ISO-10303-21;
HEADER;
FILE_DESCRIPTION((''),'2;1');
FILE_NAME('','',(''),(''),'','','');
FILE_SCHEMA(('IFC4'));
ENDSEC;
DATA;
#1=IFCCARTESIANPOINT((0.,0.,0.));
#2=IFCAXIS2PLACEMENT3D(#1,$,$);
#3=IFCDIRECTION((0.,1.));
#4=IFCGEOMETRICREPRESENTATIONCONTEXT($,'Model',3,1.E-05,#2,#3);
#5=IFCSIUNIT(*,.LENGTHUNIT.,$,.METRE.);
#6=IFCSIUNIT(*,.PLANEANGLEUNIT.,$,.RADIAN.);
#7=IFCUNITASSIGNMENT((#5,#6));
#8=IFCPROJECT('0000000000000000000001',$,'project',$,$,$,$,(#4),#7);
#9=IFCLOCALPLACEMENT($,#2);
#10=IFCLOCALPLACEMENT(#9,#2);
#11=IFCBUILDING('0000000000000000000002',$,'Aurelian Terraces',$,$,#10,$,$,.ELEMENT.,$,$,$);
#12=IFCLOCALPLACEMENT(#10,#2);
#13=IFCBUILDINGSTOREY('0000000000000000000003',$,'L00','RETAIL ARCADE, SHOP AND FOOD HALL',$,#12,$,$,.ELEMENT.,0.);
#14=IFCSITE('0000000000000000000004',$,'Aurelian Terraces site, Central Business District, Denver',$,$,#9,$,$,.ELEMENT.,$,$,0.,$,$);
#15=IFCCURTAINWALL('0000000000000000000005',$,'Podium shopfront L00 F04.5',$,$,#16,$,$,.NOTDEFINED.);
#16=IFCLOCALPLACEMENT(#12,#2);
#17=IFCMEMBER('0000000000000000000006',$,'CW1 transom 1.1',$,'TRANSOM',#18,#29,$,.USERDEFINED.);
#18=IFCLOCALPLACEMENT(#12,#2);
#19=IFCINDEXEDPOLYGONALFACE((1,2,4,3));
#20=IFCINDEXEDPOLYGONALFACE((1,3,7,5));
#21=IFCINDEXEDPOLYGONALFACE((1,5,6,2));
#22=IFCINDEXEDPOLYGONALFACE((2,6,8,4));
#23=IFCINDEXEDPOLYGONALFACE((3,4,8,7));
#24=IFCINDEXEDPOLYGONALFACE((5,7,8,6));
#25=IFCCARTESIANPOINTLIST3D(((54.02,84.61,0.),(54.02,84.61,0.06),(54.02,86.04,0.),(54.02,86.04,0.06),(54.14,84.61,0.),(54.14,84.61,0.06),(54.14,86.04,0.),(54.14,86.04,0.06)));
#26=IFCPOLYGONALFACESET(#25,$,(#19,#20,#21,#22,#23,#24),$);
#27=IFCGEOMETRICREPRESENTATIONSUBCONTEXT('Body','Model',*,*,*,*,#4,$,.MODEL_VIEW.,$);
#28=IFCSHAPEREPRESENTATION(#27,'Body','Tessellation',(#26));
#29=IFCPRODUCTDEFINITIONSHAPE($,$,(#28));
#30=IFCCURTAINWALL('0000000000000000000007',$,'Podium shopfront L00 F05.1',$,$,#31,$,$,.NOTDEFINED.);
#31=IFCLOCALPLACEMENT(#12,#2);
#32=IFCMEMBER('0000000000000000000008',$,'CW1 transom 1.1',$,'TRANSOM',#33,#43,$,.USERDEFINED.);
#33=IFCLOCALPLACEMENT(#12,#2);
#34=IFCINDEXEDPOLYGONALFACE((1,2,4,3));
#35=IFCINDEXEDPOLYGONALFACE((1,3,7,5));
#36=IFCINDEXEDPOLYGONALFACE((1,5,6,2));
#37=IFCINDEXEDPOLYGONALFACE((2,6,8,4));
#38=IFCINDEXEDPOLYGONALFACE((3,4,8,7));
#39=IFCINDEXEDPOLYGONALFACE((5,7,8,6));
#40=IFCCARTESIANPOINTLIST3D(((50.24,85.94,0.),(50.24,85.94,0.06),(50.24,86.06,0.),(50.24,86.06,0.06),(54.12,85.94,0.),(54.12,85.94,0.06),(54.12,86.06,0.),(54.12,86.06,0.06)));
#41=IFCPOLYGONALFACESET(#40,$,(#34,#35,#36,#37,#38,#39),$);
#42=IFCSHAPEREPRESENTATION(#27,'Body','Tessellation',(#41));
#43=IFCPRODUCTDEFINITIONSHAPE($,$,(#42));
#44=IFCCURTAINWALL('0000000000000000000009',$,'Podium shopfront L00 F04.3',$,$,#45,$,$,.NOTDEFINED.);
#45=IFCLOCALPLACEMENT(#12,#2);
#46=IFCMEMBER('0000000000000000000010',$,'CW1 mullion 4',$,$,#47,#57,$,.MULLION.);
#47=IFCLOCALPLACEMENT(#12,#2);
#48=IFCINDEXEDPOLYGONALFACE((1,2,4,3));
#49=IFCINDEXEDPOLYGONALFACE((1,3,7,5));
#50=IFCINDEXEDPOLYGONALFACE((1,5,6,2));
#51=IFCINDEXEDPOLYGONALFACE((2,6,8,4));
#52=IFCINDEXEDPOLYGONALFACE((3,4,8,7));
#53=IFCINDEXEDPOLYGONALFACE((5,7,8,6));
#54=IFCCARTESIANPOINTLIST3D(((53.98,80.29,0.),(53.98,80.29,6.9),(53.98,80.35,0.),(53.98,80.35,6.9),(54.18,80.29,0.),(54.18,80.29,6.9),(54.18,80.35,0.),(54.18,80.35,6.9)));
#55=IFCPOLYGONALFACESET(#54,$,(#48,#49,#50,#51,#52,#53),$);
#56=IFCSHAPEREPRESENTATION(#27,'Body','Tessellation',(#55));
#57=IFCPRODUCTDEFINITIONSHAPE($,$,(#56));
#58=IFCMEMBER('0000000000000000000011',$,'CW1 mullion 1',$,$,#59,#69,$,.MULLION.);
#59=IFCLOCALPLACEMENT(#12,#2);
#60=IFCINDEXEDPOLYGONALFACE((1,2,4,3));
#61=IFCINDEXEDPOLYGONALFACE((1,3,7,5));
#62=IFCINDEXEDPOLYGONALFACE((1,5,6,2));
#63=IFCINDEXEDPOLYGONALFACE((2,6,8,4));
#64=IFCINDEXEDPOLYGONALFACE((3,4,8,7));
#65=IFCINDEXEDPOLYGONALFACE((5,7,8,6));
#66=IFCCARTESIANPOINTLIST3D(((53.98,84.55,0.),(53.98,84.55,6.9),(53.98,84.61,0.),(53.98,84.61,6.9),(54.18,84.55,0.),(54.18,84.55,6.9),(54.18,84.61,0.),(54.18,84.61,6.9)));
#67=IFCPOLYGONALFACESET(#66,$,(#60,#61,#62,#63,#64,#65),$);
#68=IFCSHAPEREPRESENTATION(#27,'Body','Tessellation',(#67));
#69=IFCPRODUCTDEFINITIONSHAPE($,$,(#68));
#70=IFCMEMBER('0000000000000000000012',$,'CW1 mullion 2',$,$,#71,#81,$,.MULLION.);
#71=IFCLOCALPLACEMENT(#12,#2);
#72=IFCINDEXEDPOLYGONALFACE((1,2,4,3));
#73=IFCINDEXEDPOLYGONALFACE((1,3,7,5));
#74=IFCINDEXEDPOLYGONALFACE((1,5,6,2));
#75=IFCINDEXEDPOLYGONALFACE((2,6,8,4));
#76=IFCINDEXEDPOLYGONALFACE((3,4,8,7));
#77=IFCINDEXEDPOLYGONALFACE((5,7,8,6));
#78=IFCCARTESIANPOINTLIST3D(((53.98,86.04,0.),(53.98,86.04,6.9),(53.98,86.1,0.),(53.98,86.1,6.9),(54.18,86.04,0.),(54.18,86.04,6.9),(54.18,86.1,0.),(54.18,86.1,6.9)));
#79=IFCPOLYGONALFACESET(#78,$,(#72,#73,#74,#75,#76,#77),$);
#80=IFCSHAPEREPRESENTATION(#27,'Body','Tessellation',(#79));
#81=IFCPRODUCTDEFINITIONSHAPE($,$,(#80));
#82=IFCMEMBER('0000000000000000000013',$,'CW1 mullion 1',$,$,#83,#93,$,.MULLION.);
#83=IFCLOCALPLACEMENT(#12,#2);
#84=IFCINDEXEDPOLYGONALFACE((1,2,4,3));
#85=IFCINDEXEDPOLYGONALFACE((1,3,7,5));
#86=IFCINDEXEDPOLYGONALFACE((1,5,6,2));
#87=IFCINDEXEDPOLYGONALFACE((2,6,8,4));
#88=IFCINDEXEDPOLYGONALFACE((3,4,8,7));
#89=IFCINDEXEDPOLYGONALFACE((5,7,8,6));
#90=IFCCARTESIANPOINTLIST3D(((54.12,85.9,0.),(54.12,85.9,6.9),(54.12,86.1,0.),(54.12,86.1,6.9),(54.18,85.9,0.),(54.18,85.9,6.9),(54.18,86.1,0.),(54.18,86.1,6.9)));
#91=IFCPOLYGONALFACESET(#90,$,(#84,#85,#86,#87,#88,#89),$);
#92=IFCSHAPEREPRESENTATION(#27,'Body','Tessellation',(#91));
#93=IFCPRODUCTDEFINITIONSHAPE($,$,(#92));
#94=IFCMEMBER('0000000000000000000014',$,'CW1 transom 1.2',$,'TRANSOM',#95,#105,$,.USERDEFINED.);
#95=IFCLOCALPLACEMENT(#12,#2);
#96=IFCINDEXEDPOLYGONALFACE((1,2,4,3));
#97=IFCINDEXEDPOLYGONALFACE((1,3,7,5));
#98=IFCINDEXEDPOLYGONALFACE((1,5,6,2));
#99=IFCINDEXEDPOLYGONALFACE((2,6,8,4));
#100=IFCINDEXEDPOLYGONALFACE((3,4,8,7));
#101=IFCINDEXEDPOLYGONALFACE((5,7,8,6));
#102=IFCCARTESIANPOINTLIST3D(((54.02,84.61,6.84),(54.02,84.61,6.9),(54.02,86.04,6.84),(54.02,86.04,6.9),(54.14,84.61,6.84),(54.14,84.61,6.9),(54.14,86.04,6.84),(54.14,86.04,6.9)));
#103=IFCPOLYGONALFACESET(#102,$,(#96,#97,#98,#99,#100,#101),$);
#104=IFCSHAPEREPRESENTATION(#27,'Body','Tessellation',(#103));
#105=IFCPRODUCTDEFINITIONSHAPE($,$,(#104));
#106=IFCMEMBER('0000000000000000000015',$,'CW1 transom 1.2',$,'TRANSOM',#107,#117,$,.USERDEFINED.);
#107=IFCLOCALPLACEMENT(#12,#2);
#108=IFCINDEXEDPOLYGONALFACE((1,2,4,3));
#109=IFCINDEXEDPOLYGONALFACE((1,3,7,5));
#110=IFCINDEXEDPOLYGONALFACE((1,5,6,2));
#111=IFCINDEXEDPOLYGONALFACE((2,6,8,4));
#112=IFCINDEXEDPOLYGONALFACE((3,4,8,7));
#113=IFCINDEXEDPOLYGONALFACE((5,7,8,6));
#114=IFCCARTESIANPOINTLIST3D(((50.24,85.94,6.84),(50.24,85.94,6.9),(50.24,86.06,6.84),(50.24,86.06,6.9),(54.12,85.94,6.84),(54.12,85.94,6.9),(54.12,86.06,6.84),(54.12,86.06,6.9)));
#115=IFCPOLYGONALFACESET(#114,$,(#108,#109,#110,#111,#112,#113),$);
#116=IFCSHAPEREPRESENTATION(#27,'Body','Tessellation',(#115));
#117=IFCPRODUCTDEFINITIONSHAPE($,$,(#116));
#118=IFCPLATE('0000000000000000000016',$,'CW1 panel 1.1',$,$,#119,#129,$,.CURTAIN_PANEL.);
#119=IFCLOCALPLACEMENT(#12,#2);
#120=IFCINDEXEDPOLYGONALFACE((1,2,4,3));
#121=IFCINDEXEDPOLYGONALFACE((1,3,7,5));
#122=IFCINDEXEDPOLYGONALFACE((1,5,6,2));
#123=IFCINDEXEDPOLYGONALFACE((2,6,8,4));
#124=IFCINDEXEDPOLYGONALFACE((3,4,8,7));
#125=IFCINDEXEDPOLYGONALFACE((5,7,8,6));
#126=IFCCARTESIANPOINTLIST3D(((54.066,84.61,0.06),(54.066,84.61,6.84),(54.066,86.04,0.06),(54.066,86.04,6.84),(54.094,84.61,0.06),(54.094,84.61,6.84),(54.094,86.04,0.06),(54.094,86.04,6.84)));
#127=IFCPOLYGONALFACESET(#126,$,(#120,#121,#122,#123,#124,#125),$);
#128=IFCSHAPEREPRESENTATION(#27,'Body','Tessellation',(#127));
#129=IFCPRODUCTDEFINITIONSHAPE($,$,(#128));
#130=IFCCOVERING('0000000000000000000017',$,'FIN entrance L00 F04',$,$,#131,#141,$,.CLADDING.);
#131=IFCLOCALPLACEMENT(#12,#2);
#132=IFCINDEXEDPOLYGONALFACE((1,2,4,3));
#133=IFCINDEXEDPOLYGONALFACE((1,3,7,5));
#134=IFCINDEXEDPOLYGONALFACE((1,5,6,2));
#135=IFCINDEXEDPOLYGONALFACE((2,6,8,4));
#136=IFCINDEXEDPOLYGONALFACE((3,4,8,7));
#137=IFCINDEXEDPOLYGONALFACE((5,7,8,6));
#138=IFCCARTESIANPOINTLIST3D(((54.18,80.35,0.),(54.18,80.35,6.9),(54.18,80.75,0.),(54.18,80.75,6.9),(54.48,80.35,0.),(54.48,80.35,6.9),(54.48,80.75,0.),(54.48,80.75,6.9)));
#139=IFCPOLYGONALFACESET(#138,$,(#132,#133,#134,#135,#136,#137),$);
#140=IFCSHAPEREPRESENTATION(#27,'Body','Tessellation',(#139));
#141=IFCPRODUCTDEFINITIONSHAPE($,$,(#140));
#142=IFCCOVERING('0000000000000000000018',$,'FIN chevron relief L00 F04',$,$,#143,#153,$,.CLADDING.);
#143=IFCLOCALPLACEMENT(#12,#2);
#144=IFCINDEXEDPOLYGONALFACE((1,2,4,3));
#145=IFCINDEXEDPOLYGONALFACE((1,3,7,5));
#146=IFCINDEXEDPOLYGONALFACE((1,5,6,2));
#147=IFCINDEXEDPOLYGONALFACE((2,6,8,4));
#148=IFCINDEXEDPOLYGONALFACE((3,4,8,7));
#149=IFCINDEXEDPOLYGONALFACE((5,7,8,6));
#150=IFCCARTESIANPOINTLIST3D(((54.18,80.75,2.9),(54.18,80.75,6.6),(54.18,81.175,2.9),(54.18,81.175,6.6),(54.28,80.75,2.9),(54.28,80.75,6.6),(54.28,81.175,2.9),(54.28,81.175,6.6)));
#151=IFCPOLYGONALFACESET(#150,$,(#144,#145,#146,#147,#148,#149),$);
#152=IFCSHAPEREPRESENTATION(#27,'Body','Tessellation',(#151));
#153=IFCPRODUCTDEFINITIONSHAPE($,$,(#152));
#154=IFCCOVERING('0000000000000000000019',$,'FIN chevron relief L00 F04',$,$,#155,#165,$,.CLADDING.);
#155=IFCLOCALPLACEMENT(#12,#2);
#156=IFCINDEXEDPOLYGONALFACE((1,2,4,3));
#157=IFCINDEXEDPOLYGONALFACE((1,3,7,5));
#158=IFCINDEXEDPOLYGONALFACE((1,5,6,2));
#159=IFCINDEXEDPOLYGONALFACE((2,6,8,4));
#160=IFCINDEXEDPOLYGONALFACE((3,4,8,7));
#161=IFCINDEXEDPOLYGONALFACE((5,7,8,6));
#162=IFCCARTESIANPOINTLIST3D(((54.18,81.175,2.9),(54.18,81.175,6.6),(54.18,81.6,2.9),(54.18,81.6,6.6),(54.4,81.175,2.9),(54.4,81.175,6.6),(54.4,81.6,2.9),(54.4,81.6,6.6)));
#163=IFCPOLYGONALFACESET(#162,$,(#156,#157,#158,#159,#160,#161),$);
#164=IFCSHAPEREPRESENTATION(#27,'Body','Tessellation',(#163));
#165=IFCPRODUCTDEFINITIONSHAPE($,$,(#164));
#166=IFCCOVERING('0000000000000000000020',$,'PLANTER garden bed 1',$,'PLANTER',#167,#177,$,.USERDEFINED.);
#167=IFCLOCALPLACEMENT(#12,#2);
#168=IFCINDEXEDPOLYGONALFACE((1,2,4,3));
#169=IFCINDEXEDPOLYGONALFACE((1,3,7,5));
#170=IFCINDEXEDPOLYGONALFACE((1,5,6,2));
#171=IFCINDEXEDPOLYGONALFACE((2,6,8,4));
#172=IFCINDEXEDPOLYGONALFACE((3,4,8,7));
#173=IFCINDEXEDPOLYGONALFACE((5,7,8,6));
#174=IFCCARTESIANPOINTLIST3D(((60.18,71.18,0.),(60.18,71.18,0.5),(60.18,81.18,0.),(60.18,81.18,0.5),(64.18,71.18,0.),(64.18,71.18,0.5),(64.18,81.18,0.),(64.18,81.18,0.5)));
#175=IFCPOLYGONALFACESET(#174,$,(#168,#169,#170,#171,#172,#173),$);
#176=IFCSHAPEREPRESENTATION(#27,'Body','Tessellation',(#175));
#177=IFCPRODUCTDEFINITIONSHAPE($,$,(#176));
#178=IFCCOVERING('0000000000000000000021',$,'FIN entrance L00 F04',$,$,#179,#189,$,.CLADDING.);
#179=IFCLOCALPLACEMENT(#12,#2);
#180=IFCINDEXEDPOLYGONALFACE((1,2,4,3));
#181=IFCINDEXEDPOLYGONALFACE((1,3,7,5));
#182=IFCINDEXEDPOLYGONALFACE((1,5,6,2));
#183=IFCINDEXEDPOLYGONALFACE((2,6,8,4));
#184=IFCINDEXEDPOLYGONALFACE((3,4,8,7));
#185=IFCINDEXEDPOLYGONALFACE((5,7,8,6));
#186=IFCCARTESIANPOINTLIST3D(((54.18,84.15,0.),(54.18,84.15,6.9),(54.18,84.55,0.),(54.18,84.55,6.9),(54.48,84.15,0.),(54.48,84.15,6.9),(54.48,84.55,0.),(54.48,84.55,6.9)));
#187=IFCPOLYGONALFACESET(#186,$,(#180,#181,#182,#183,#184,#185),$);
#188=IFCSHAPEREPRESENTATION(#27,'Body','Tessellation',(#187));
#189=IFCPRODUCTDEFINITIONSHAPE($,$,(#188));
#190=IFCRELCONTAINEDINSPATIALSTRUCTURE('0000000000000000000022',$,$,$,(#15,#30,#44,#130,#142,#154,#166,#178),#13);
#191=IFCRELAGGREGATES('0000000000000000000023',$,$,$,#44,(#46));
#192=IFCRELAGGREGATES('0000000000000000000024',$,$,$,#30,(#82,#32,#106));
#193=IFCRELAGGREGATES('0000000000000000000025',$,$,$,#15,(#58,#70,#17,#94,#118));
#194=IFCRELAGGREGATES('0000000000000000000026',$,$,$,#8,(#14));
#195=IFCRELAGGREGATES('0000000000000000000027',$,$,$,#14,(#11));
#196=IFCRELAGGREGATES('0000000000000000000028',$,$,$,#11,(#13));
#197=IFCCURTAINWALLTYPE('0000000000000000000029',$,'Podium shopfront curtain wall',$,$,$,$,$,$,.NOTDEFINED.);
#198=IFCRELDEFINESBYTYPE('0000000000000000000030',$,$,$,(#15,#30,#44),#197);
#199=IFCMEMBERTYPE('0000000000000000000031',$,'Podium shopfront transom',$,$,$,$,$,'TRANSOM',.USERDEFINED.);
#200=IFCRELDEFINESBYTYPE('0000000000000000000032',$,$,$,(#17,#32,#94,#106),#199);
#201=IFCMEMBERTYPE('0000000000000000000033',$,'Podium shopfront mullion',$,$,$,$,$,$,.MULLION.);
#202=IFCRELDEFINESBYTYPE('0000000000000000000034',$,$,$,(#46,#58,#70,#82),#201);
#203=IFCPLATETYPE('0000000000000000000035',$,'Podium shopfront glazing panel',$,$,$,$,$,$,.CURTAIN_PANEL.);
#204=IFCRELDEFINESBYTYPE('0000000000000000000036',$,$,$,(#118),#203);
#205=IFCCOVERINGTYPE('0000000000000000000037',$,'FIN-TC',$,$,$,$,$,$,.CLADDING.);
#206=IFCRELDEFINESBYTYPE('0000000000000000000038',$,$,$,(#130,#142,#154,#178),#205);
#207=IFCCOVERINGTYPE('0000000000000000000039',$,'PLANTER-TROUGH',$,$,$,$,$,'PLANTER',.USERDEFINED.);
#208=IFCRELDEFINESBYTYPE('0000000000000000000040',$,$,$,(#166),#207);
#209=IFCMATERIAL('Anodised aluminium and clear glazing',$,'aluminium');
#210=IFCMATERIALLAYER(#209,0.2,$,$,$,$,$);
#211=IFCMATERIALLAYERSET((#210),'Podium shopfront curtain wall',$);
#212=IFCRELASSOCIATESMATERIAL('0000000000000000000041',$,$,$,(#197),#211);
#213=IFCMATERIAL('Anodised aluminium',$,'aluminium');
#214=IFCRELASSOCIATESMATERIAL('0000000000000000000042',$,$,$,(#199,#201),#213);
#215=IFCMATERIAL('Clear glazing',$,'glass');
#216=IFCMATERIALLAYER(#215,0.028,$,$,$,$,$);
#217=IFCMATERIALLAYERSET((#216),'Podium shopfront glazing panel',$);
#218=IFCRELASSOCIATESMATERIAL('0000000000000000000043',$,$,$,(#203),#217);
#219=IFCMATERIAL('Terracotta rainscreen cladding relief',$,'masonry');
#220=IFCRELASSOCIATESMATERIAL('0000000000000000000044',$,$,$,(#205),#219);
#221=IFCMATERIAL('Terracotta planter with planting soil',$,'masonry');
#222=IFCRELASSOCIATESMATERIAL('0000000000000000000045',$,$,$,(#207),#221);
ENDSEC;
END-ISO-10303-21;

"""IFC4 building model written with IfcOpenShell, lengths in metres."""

from ifc_helpers import new_model, si_unit, direction, frame, origin, origin_2d, place, context, subcontext, project, spatial, rectangle, extrude, source, transform, mapped, material, layer, layer_set, material_profile, profile_set, type_object, element, aggregate, save


model = new_model("IFC4")

# Units and contexts
model_context = context("Model", 3, precision=1e-05, world=origin(), true_north=direction((0.0, 1.0)))
body_context = subcontext(model_context, "Body", "Model", "MODEL_VIEW")
ifc_project = project(units=[si_unit("LENGTHUNIT", "METRE"), si_unit("PLANEANGLEUNIT", "RADIAN")], contexts=[model_context])

# Site, building, storey
site_placement = place(None, origin())
site = spatial("IfcSite", under=ifc_project, at=site_placement, Name="Aurelian Terraces site, Central Business District, Denver", CompositionType="ELEMENT", RefElevation=0.0)
building_placement = place(site_placement, origin())
building = spatial("IfcBuilding", under=site, at=building_placement, Name="Aurelian Terraces", CompositionType="ELEMENT")
storey_placement = place(building_placement, origin())
storey = spatial("IfcBuildingStorey", under=building, at=storey_placement, Name="L00", Description="RETAIL ARCADE, SHOP AND FOOD HALL", CompositionType="ELEMENT", Elevation=0.0)

# Curtain walls, members
ifc_material_1 = material(Name="Anodised aluminium and clear glazing", Category="aluminium")
ifc_layer_1 = layer(ifc_material_1, 0.2)
ifc_layer_set_1 = layer_set([ifc_layer_1], Name="Podium shopfront curtain wall")
curtain_wall_type = type_object("IfcCurtainWallType", Name="Podium shopfront curtain wall", PredefinedType="NOTDEFINED", material=ifc_layer_set_1)
curtain_wall_1_placement = place(storey_placement, origin())
curtain_wall_1 = element("IfcCurtainWall", 1, at=curtain_wall_1_placement, inside=storey, type_object=curtain_wall_type, Name="Podium shopfront L00 F04.5", PredefinedType="NOTDEFINED")
ifc_material_2 = material(Name="Anodised aluminium", Category="aluminium")
ifc_material_profile_1 = material_profile(ifc_material_2, rectangle(XDim=0.12, YDim=0.06, at=origin_2d()))
ifc_profile_set_1 = profile_set([ifc_material_profile_1], Name="Anodised aluminium")
member_type_1 = type_object("IfcMemberType", Name="Podium shopfront transom", ElementType="TRANSOM", PredefinedType="USERDEFINED", material=ifc_profile_set_1)
member_1_placement = place(storey_placement, frame((54.08, 84.61, 0.03), z_axis=(0.0, 1.0, 0.0), x_axis=(-1.0, 0.0, 0.0)))
member_1 = element("IfcMember", 2, at=member_1_placement, type_object=member_type_1, Name="CW1 transom 1.1", ObjectType="TRANSOM", PredefinedType="USERDEFINED", context=body_context, shape_type="SweptSolid", body=[
    extrude(rectangle(XDim=0.12, YDim=0.06, at=origin_2d()), origin(), (0.0, 0.0, 1.0), 1.43),
])
curtain_wall_2_placement = place(storey_placement, origin())
curtain_wall_2 = element("IfcCurtainWall", 3, at=curtain_wall_2_placement, inside=storey, type_object=curtain_wall_type, Name="Podium shopfront L00 F05.1", PredefinedType="NOTDEFINED")
member_2_placement = place(storey_placement, frame((54.12, 86.0, 0.03), z_axis=(-1.0, 0.0, 0.0), x_axis=(0.0, -1.0, 0.0)))
member_2 = element("IfcMember", 4, at=member_2_placement, type_object=member_type_1, Name="CW1 transom 1.1", ObjectType="TRANSOM", PredefinedType="USERDEFINED", context=body_context, shape_type="SweptSolid", body=[
    extrude(rectangle(XDim=0.12, YDim=0.06, at=origin_2d()), origin(), (0.0, 0.0, 1.0), 3.88),
])
curtain_wall_3_placement = place(storey_placement, origin())
curtain_wall_3 = element("IfcCurtainWall", 5, at=curtain_wall_3_placement, inside=storey, type_object=curtain_wall_type, Name="Podium shopfront L00 F04.3", PredefinedType="NOTDEFINED")
ifc_material_profile_2 = material_profile(ifc_material_2, rectangle(XDim=0.2, YDim=0.06, at=origin_2d()))
ifc_profile_set_2 = profile_set([ifc_material_profile_2], Name="Anodised aluminium")
member_type_2 = type_object("IfcMemberType", Name="Podium shopfront mullion", PredefinedType="MULLION", material=ifc_profile_set_2)
shared_shape_1 = source(origin(), body_context, "Body", "SweptSolid", [
    extrude(rectangle(XDim=0.2, YDim=0.06, at=origin_2d()), origin(), (0.0, 0.0, 1.0), 6.9),
])
member_3_placement = place(storey_placement, frame((54.08, 80.32, 0.0), z_axis=(0.0, 0.0, 1.0), x_axis=(-1.0, 0.0, 0.0)))
member_3 = element("IfcMember", 6, at=member_3_placement, type_object=member_type_2, Name="CW1 mullion 4", PredefinedType="MULLION", context=body_context, shape_type="MappedRepresentation", body=[
    mapped(shared_shape_1, transform((0.0, 0.0, 0.0), scale=1.0)),
])
aggregate(curtain_wall_3, [member_3])

# Members
member_4_placement = place(storey_placement, frame((54.08, 84.58, 0.0), z_axis=(0.0, 0.0, 1.0), x_axis=(-1.0, 0.0, 0.0)))
member_4 = element("IfcMember", 7, at=member_4_placement, type_object=member_type_2, Name="CW1 mullion 1", PredefinedType="MULLION", context=body_context, shape_type="MappedRepresentation", body=[
    mapped(shared_shape_1, transform((0.0, 0.0, 0.0), scale=1.0)),
])
member_5_placement = place(storey_placement, frame((54.08, 86.07, 0.0), z_axis=(0.0, 0.0, 1.0), x_axis=(-1.0, 0.0, 0.0)))
member_5 = element("IfcMember", 8, at=member_5_placement, type_object=member_type_2, Name="CW1 mullion 2", PredefinedType="MULLION", context=body_context, shape_type="MappedRepresentation", body=[
    mapped(shared_shape_1, transform((0.0, 0.0, 0.0), scale=1.0)),
])
member_6_placement = place(storey_placement, frame((54.15, 86.0, 0.0), z_axis=(0.0, 0.0, 1.0), x_axis=(0.0, -1.0, 0.0)))
member_6 = element("IfcMember", 9, at=member_6_placement, type_object=member_type_2, Name="CW1 mullion 1", PredefinedType="MULLION", context=body_context, shape_type="MappedRepresentation", body=[
    mapped(shared_shape_1, transform((0.0, 0.0, 0.0), scale=1.0)),
])
shared_shape_2 = source(origin(), body_context, "Body", "SweptSolid", [
    extrude(rectangle(XDim=0.12, YDim=0.06, at=origin_2d()), origin(), (0.0, 0.0, 1.0), 1.43),
])
member_7_placement = place(storey_placement, frame((54.08, 84.61, 6.87), z_axis=(0.0, 1.0, 0.0), x_axis=(-1.0, 0.0, 0.0)))
member_7 = element("IfcMember", 10, at=member_7_placement, type_object=member_type_1, Name="CW1 transom 1.2", ObjectType="TRANSOM", PredefinedType="USERDEFINED", context=body_context, shape_type="MappedRepresentation", body=[
    mapped(shared_shape_2, transform((0.0, 0.0, 0.0), scale=1.0)),
])
shared_shape_3 = source(origin(), body_context, "Body", "SweptSolid", [
    extrude(rectangle(XDim=0.12, YDim=0.06, at=origin_2d()), origin(), (0.0, 0.0, 1.0), 3.88),
])
member_8_placement = place(storey_placement, frame((54.12, 86.0, 6.87), z_axis=(-1.0, 0.0, 0.0), x_axis=(0.0, -1.0, 0.0)))
member_8 = element("IfcMember", 11, at=member_8_placement, type_object=member_type_1, Name="CW1 transom 1.2", ObjectType="TRANSOM", PredefinedType="USERDEFINED", context=body_context, shape_type="MappedRepresentation", body=[
    mapped(shared_shape_3, transform((0.0, 0.0, 0.0), scale=1.0)),
])
aggregate(curtain_wall_2, [member_6, member_2, member_8])

# Plate
ifc_material_3 = material(Name="Clear glazing", Category="glass")
ifc_layer_2 = layer(ifc_material_3, 0.028)
ifc_layer_set_2 = layer_set([ifc_layer_2], Name="Podium shopfront glazing panel")
plate_type = type_object("IfcPlateType", Name="Podium shopfront glazing panel", PredefinedType="CURTAIN_PANEL", material=ifc_layer_set_2)
plate_placement = place(storey_placement, frame((54.08, 85.325, 0.06), z_axis=(0.0, 0.0, 1.0), x_axis=(0.0, 1.0, 0.0)))
plate = element("IfcPlate", 12, at=plate_placement, type_object=plate_type, Name="CW1 panel 1.1", PredefinedType="CURTAIN_PANEL", context=body_context, shape_type="SweptSolid", body=[
    extrude(rectangle(XDim=1.43, YDim=0.028, at=origin_2d()), origin(), (0.0, 0.0, 1.0), 6.78),
])
aggregate(curtain_wall_1, [member_4, member_5, member_1, member_7, plate])

# Coverings
ifc_material_4 = material(Name="Terracotta rainscreen cladding relief", Category="masonry")
covering_type_1 = type_object("IfcCoveringType", Name="FIN-TC", PredefinedType="CLADDING", material=ifc_material_4)
covering_1_placement = place(storey_placement, frame((54.33, 80.55, 0.0), z_axis=(0.0, 0.0, 1.0), x_axis=(1.0, 0.0, 0.0)))
element("IfcCovering", 13, at=covering_1_placement, inside=storey, type_object=covering_type_1, Name="FIN entrance L00 F04", PredefinedType="CLADDING", context=body_context, shape_type="SweptSolid", body=[
    extrude(rectangle(XDim=0.3, YDim=0.4, at=origin_2d()), origin(), (0.0, 0.0, 1.0), 6.9),
])
covering_2_placement = place(storey_placement, frame((54.23, 80.9625, 2.9), z_axis=(0.0, 0.0, 1.0), x_axis=(1.0, 0.0, 0.0)))
element("IfcCovering", 14, at=covering_2_placement, inside=storey, type_object=covering_type_1, Name="FIN chevron relief L00 F04", PredefinedType="CLADDING", context=body_context, shape_type="SweptSolid", body=[
    extrude(rectangle(XDim=0.1, YDim=0.425, at=origin_2d()), origin(), (0.0, 0.0, 1.0), 3.7),
])
covering_3_placement = place(storey_placement, frame((54.29, 81.3875, 2.9), z_axis=(0.0, 0.0, 1.0), x_axis=(1.0, 0.0, 0.0)))
element("IfcCovering", 15, at=covering_3_placement, inside=storey, type_object=covering_type_1, Name="FIN chevron relief L00 F04", PredefinedType="CLADDING", context=body_context, shape_type="SweptSolid", body=[
    extrude(rectangle(XDim=0.22, YDim=0.425, at=origin_2d()), origin(), (0.0, 0.0, 1.0), 3.7),
])
ifc_material_5 = material(Name="Terracotta planter with planting soil", Category="masonry")
covering_type_2 = type_object("IfcCoveringType", Name="PLANTER-TROUGH", ElementType="PLANTER", PredefinedType="USERDEFINED", material=ifc_material_5)
covering_4_placement = place(storey_placement, frame((62.18, 76.18, 0.0), z_axis=(0.0, 0.0, 1.0), x_axis=(1.0, 0.0, 0.0)))
element("IfcCovering", 16, at=covering_4_placement, inside=storey, type_object=covering_type_2, Name="PLANTER garden bed 1", ObjectType="PLANTER", PredefinedType="USERDEFINED", context=body_context, shape_type="SweptSolid", body=[
    extrude(rectangle(XDim=4.0, YDim=10.0, at=origin_2d()), origin(), (0.0, 0.0, 1.0), 0.5),
])
shared_shape_4 = source(origin(), body_context, "Body", "SweptSolid", [
    extrude(rectangle(XDim=0.3, YDim=0.4, at=origin_2d()), origin(), (0.0, 0.0, 1.0), 6.9),
])
covering_5_placement = place(storey_placement, frame((54.33, 84.35, 0.0), z_axis=(0.0, 0.0, 1.0), x_axis=(1.0, 0.0, 0.0)))
element("IfcCovering", 17, at=covering_5_placement, inside=storey, type_object=covering_type_1, Name="FIN entrance L00 F04", PredefinedType="CLADDING", context=body_context, shape_type="MappedRepresentation", body=[
    mapped(shared_shape_4, transform((0.0, 0.0, 0.0), scale=1.0)),
])

save(model, "model.ifc")
